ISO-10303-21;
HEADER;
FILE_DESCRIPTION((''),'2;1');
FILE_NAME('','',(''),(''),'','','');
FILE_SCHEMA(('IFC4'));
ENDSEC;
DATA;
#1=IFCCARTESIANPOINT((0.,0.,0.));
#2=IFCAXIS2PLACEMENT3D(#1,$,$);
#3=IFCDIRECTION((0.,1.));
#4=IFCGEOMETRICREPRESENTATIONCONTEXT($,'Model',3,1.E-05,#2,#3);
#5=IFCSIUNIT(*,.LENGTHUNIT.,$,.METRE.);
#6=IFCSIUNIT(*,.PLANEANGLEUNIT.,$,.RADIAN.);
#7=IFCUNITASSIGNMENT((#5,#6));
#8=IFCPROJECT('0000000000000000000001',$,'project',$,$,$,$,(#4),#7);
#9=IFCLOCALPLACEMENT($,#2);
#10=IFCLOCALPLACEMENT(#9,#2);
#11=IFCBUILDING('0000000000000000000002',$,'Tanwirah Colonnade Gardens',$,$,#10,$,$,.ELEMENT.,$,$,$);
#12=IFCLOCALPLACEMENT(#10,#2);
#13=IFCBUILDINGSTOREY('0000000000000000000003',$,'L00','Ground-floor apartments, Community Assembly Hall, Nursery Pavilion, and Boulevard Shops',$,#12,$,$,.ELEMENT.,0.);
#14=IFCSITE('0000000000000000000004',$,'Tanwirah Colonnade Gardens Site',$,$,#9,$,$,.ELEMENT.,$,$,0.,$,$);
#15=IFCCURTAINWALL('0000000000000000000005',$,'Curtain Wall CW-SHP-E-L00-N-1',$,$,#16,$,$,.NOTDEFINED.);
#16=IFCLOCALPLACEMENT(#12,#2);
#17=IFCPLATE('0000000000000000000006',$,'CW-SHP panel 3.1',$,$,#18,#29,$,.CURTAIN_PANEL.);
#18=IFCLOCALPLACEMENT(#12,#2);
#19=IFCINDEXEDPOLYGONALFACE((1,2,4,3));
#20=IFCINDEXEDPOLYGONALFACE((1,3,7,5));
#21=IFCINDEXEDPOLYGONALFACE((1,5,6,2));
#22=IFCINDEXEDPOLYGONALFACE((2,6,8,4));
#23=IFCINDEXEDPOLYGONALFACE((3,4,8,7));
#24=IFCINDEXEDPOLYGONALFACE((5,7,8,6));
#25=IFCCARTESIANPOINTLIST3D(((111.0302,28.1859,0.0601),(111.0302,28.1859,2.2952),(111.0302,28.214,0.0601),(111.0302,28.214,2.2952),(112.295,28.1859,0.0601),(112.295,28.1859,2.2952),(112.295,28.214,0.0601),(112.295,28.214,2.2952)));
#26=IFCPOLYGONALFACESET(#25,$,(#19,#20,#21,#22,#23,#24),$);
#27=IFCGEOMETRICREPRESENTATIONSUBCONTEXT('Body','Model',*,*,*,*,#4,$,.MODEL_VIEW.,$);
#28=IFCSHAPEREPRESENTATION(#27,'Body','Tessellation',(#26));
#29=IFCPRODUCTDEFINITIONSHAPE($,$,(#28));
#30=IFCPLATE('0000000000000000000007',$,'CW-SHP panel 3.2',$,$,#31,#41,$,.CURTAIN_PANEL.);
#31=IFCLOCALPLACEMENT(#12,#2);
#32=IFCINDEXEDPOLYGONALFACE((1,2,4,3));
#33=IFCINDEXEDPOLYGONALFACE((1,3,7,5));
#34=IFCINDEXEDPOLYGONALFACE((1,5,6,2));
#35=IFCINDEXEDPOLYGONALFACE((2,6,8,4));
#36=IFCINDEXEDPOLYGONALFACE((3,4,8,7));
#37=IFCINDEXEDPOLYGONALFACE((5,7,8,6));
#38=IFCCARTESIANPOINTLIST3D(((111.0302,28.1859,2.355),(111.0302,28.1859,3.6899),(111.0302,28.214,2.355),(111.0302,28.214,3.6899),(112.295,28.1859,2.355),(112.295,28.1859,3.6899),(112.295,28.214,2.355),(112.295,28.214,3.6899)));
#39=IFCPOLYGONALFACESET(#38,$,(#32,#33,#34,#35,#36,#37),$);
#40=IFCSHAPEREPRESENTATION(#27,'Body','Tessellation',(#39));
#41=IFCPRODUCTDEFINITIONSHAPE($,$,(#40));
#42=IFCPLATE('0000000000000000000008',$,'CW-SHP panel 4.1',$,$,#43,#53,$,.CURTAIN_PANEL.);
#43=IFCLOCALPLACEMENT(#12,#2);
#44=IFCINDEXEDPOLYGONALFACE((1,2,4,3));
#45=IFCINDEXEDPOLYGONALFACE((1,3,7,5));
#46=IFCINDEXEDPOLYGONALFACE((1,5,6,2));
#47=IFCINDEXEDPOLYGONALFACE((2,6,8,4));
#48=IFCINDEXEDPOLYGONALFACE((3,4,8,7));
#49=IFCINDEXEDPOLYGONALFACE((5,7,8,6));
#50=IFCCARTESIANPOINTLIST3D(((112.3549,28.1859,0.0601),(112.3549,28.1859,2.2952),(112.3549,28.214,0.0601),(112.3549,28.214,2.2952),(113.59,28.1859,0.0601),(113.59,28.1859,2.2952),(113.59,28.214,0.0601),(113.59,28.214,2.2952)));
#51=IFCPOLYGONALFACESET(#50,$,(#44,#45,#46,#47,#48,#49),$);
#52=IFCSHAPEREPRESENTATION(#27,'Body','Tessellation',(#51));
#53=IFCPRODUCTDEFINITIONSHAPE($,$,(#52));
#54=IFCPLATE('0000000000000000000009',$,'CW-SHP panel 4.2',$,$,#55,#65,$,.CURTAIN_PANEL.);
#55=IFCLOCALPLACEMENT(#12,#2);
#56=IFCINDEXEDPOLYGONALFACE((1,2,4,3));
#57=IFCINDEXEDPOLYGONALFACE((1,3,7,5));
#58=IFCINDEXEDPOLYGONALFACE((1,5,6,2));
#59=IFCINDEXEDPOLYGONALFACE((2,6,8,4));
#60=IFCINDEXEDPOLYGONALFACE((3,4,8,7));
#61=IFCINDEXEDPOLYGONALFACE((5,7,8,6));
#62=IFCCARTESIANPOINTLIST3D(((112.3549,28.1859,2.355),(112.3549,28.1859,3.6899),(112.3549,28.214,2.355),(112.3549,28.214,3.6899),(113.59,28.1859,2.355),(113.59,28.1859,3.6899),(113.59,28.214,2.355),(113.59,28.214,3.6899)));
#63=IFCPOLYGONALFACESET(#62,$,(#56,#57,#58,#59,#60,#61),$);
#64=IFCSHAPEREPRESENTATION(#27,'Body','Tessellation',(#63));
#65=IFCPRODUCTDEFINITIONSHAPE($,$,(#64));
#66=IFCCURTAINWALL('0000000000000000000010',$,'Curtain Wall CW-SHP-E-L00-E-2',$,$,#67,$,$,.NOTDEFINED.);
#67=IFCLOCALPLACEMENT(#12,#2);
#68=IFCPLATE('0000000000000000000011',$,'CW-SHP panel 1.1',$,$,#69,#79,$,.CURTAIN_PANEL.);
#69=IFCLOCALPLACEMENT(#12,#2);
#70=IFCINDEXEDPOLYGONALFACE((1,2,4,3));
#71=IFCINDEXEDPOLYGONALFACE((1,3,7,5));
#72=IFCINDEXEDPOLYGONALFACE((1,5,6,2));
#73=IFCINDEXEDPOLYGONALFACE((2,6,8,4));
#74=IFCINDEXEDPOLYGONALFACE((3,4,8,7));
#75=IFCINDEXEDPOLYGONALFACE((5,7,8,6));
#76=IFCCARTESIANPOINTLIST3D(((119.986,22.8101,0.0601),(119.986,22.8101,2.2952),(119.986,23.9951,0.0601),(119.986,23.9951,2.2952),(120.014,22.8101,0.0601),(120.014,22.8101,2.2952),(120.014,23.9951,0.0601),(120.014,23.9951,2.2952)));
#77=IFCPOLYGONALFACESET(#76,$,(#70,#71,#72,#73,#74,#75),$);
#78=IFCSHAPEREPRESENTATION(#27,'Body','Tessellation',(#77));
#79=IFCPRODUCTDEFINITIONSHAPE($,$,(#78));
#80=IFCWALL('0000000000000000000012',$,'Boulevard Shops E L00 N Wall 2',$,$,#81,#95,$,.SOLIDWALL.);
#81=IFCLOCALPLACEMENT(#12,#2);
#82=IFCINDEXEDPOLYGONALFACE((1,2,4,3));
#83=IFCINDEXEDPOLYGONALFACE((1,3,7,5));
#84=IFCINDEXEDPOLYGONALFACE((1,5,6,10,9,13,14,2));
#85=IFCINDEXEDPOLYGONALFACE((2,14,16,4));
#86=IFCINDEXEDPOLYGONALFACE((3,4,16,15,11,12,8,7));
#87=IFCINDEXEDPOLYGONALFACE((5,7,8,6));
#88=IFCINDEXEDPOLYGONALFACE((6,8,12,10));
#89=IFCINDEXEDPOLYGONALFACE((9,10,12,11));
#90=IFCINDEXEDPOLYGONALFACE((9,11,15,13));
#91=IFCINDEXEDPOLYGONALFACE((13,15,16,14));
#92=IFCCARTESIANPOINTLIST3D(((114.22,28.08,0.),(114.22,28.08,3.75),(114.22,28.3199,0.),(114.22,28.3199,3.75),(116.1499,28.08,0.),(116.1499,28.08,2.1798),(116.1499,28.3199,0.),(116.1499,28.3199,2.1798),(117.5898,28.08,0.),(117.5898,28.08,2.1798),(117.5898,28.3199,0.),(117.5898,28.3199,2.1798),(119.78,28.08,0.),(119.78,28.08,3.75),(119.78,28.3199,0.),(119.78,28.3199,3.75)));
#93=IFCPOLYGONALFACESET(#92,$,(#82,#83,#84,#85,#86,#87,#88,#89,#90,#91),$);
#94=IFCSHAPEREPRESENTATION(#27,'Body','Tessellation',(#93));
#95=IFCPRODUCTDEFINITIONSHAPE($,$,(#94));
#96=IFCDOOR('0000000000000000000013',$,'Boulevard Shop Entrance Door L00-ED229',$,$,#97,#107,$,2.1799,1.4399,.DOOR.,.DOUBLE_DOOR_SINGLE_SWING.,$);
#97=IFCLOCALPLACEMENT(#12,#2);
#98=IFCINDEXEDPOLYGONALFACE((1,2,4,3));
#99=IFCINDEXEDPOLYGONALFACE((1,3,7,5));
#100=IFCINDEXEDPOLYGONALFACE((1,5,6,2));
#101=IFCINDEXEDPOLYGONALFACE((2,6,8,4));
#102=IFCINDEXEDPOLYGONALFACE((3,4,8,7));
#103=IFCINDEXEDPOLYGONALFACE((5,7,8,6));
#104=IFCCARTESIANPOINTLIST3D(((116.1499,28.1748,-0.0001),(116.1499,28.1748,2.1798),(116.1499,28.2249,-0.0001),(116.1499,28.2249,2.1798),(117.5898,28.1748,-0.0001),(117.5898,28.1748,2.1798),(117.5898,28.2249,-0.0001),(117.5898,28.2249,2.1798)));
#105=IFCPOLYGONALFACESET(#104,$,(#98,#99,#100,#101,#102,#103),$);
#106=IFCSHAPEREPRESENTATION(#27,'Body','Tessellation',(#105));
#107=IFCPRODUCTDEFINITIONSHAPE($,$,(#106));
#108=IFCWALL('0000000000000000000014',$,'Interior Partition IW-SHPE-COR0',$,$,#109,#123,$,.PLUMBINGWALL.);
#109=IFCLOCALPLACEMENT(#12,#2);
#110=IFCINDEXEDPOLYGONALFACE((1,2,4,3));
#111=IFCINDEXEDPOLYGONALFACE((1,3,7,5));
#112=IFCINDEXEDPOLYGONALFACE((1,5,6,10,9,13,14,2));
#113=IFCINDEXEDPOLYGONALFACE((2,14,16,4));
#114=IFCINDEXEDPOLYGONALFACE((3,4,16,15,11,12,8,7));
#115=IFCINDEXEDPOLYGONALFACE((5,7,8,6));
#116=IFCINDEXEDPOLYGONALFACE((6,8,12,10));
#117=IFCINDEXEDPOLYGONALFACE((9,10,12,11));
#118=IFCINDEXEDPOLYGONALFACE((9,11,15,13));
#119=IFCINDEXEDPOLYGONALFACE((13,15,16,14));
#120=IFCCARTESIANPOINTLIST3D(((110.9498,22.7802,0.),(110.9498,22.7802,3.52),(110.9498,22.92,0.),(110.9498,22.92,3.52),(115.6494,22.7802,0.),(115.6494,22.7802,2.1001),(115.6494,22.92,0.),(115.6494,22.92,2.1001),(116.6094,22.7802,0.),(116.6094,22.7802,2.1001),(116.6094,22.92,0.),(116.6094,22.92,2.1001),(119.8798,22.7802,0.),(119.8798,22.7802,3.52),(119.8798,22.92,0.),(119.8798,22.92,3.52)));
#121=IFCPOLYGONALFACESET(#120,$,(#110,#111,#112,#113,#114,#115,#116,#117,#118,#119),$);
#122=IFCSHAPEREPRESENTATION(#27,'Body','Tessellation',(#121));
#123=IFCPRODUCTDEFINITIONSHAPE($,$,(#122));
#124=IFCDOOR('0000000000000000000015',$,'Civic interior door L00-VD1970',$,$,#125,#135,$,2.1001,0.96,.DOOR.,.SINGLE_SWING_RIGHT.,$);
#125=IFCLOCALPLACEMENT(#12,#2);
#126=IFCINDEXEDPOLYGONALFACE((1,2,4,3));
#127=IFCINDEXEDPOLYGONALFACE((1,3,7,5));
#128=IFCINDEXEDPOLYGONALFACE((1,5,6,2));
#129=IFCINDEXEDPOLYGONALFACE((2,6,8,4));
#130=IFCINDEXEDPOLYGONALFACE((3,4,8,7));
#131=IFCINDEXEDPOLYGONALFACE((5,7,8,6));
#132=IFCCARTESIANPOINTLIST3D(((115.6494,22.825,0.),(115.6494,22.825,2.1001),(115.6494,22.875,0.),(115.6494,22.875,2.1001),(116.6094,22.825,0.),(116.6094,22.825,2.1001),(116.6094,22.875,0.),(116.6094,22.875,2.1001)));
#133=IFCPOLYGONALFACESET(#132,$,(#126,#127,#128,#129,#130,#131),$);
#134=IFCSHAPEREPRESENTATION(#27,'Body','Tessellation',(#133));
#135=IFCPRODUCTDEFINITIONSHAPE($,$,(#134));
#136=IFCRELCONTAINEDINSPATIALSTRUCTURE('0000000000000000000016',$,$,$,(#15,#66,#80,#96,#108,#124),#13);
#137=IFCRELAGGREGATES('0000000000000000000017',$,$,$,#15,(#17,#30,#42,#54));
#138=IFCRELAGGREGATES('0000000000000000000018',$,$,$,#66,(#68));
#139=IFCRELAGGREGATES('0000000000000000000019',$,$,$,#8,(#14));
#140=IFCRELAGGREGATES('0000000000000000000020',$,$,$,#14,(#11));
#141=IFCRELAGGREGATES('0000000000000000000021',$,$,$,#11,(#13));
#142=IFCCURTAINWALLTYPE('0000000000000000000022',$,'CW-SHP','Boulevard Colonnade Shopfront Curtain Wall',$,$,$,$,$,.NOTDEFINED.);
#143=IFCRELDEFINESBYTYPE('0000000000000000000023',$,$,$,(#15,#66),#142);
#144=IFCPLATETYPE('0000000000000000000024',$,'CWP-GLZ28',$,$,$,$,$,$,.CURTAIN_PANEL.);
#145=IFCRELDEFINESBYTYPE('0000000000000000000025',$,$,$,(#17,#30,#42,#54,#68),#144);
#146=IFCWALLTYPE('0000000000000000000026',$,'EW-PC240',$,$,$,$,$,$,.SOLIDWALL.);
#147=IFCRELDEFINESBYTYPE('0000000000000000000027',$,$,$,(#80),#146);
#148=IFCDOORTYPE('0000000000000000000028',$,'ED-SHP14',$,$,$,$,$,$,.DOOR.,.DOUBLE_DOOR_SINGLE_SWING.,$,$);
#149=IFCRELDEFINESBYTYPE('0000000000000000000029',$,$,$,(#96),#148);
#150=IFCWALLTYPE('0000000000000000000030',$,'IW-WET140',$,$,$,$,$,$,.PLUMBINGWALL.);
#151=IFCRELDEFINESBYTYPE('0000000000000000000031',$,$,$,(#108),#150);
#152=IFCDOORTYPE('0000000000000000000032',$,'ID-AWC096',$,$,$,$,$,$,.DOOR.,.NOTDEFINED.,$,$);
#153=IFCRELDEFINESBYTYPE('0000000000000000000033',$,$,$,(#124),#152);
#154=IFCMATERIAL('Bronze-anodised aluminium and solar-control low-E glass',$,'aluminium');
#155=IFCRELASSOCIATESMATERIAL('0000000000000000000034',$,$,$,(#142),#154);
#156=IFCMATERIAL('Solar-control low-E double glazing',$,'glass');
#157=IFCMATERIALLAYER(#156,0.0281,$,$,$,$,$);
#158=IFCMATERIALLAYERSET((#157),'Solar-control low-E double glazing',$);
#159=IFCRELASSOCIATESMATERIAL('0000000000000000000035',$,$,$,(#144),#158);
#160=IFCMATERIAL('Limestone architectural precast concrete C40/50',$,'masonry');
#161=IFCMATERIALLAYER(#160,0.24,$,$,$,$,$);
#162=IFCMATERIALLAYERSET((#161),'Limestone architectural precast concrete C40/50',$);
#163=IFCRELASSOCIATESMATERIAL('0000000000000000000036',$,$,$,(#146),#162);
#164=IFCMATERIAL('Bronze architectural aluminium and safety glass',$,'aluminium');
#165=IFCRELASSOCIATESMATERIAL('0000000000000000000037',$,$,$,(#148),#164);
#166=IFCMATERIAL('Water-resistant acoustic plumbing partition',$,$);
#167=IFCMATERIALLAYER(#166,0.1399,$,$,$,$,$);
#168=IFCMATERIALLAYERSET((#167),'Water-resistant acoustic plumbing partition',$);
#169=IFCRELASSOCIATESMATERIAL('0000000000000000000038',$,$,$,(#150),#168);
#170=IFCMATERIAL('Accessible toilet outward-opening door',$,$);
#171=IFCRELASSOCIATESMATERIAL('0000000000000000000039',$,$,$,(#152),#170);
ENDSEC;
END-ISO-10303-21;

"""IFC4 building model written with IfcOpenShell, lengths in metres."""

from ifc_helpers import new_model, si_unit, direction, frame, frame_2d, origin, origin_2d, place, context, subcontext, project, spatial, rectangle, extrude, material, layer, layer_set, type_object, element, fill, aggregate, save


model = new_model("IFC4")

# Units and contexts
model_context = context("Model", 3, precision=1e-05, world=origin(), true_north=direction((0.0, 1.0)))
body_context = subcontext(model_context, "Body", "Model", "MODEL_VIEW")
ifc_project = project(units=[si_unit("LENGTHUNIT", "METRE"), si_unit("PLANEANGLEUNIT", "RADIAN")], contexts=[model_context])

# Site, building, storey
site_placement = place(None, origin())
site = spatial("IfcSite", under=ifc_project, at=site_placement, Name="Tanwirah Colonnade Gardens Site", CompositionType="ELEMENT", RefElevation=0.0)
building_placement = place(site_placement, origin())
building = spatial("IfcBuilding", under=site, at=building_placement, Name="Tanwirah Colonnade Gardens", CompositionType="ELEMENT")
storey_placement = place(building_placement, origin())
storey = spatial("IfcBuildingStorey", under=building, at=storey_placement, Name="L00", Description="Ground-floor apartments, Community Assembly Hall, Nursery Pavilion, and Boulevard Shops", CompositionType="ELEMENT", Elevation=0.0)

# Curtain wall, plates
ifc_material_1 = material(Name="Bronze-anodised aluminium and solar-control low-E glass", Category="aluminium")
curtain_wall_type = type_object("IfcCurtainWallType", Name="CW-SHP", Description="Boulevard Colonnade Shopfront Curtain Wall", PredefinedType="NOTDEFINED", material=ifc_material_1)
curtain_wall_1_placement = place(storey_placement, origin())
curtain_wall_1 = element("IfcCurtainWall", 1, at=curtain_wall_1_placement, inside=storey, type_object=curtain_wall_type, Name="Curtain Wall CW-SHP-E-L00-N-1", PredefinedType="NOTDEFINED")
ifc_material_2 = material(Name="Solar-control low-E double glazing", Category="glass")
ifc_layer_1 = layer(ifc_material_2, 0.0281)
ifc_layer_set_1 = layer_set([ifc_layer_1], Name="Solar-control low-E double glazing")
plate_type = type_object("IfcPlateType", Name="CWP-GLZ28", PredefinedType="CURTAIN_PANEL", material=ifc_layer_set_1)
plate_1_placement = place(storey_placement, frame((111.6626, 28.2, 0.0601), z_axis=(0.0, 0.0, 1.0), x_axis=(1.0, 0.0, 0.0)))
plate_1 = element("IfcPlate", 2, at=plate_1_placement, type_object=plate_type, Name="CW-SHP panel 3.1", PredefinedType="CURTAIN_PANEL", context=body_context, shape_type="SweptSolid", body=[
    extrude(rectangle(XDim=1.2649, YDim=0.0281, at=origin_2d()), origin(), (0.0, 0.0, 1.0), 2.2351),
])
plate_2_placement = place(storey_placement, frame((111.6626, 28.2, 2.355), z_axis=(0.0, 0.0, 1.0), x_axis=(1.0, 0.0, 0.0)))
plate_2 = element("IfcPlate", 3, at=plate_2_placement, type_object=plate_type, Name="CW-SHP panel 3.2", PredefinedType="CURTAIN_PANEL", context=body_context, shape_type="SweptSolid", body=[
    extrude(rectangle(XDim=1.2649, YDim=0.0281, at=origin_2d()), origin(), (0.0, 0.0, 1.0), 1.335),
])
plate_3_placement = place(storey_placement, frame((112.9724, 28.2, 0.0601), z_axis=(0.0, 0.0, 1.0), x_axis=(1.0, 0.0, 0.0)))
plate_3 = element("IfcPlate", 4, at=plate_3_placement, type_object=plate_type, Name="CW-SHP panel 4.1", PredefinedType="CURTAIN_PANEL", context=body_context, shape_type="SweptSolid", body=[
    extrude(rectangle(XDim=1.2351, YDim=0.0281, at=origin_2d()), origin(), (0.0, 0.0, 1.0), 2.2351),
])
plate_4_placement = place(storey_placement, frame((112.9724, 28.2, 2.355), z_axis=(0.0, 0.0, 1.0), x_axis=(1.0, 0.0, 0.0)))
plate_4 = element("IfcPlate", 5, at=plate_4_placement, type_object=plate_type, Name="CW-SHP panel 4.2", PredefinedType="CURTAIN_PANEL", context=body_context, shape_type="SweptSolid", body=[
    extrude(rectangle(XDim=1.2351, YDim=0.0281, at=origin_2d()), origin(), (0.0, 0.0, 1.0), 1.335),
])
aggregate(curtain_wall_1, [plate_1, plate_2, plate_3, plate_4])

# Curtain wall, plate
curtain_wall_2_placement = place(storey_placement, origin())
curtain_wall_2 = element("IfcCurtainWall", 6, at=curtain_wall_2_placement, inside=storey, type_object=curtain_wall_type, Name="Curtain Wall CW-SHP-E-L00-E-2", PredefinedType="NOTDEFINED")
plate_5_placement = place(storey_placement, frame((120.0, 23.4026, 0.0601), z_axis=(0.0, 0.0, 1.0), x_axis=(0.0, 1.0, 0.0)))
plate_5 = element("IfcPlate", 7, at=plate_5_placement, type_object=plate_type, Name="CW-SHP panel 1.1", PredefinedType="CURTAIN_PANEL", context=body_context, shape_type="SweptSolid", body=[
    extrude(rectangle(XDim=1.1851, YDim=0.0281, at=origin_2d()), origin(), (0.0, 0.0, 1.0), 2.2351),
])
aggregate(curtain_wall_2, [plate_5])

# Walls, openings, doors
ifc_material_3 = material(Name="Limestone architectural precast concrete C40/50", Category="masonry")
ifc_layer_2 = layer(ifc_material_3, 0.24)
ifc_layer_set_2 = layer_set([ifc_layer_2], Name="Limestone architectural precast concrete C40/50")
wall_type_1 = type_object("IfcWallType", Name="EW-PC240", PredefinedType="SOLIDWALL", material=ifc_layer_set_2)
wall_1_placement = place(storey_placement, frame((114.22, 28.2, 0.0), z_axis=(0.0, 0.0, 1.0), x_axis=(1.0, 0.0, 0.0)))
wall_1 = element("IfcWall", 8, at=wall_1_placement, inside=storey, type_object=wall_type_1, Name="Boulevard Shops E L00 N Wall 2", PredefinedType="SOLIDWALL", context=body_context, shape_type="SweptSolid", body=[
    extrude(rectangle(XDim=5.5601, YDim=0.24, at=frame_2d((2.78, 0.0))), origin(), (0.0, 0.0, 1.0), 3.75),
])
opening_1_placement = place(wall_1_placement, frame((1.9299, 0.0, 0.0)))
opening_1 = element("IfcOpeningElement", 9, at=opening_1_placement, cuts=wall_1, PredefinedType="OPENING", context=body_context, shape_type="SweptSolid", body=[
    extrude(rectangle(XDim=1.4399, YDim=2.1799, at=frame_2d((0.72, 1.0898))), frame((0.0, 0.1299, 0.0), z_axis=(0.0, -1.0, 0.0), x_axis=(1.0, 0.0, 0.0)), (0.0, 0.0, 1.0), 0.26),
])
ifc_material_4 = material(Name="Bronze architectural aluminium and safety glass", Category="aluminium")
door_type_1 = type_object("IfcDoorType", Name="ED-SHP14", OperationType="DOUBLE_DOOR_SINGLE_SWING", PredefinedType="DOOR", material=ifc_material_4)
door_1_placement = place(opening_1_placement, origin())
door_1 = element("IfcDoor", 10, at=door_1_placement, inside=storey, type_object=door_type_1, Name="Boulevard Shop Entrance Door L00-ED229", OperationType="DOUBLE_DOOR_SINGLE_SWING", OverallHeight=2.1799, OverallWidth=1.4399, PredefinedType="DOOR", context=body_context, shape_type="SweptSolid", body=[
    extrude(rectangle(XDim=1.4399, YDim=2.1799, at=frame_2d((0.72, 1.0898))), frame((0.0, 0.0249, 0.0), z_axis=(0.0, -1.0, 0.0), x_axis=(1.0, 0.0, 0.0)), (0.0, 0.0, 1.0), 0.05),
])
fill(opening_1, door_1)
ifc_material_5 = material(Name="Water-resistant acoustic plumbing partition")
ifc_layer_3 = layer(ifc_material_5, 0.1399)
ifc_layer_set_3 = layer_set([ifc_layer_3], Name="Water-resistant acoustic plumbing partition")
wall_type_2 = type_object("IfcWallType", Name="IW-WET140", PredefinedType="PLUMBINGWALL", material=ifc_layer_set_3)
wall_2_placement = place(storey_placement, frame((110.95, 22.8501, 0.0), z_axis=(0.0, 0.0, 1.0), x_axis=(1.0, 0.0, 0.0)))
wall_2 = element("IfcWall", 11, at=wall_2_placement, inside=storey, type_object=wall_type_2, Name="Interior Partition IW-SHPE-COR0", PredefinedType="PLUMBINGWALL", context=body_context, shape_type="SweptSolid", body=[
    extrude(rectangle(XDim=8.9299, YDim=0.1399, at=frame_2d((4.4648, 0.0))), origin(), (0.0, 0.0, 1.0), 3.52),
])
opening_2_placement = place(wall_2_placement, frame((4.6995, 0.0, 0.0)))
opening_2 = element("IfcOpeningElement", 12, at=opening_2_placement, cuts=wall_2, PredefinedType="OPENING", context=body_context, shape_type="SweptSolid", body=[
    extrude(rectangle(XDim=0.96, YDim=2.1001, at=frame_2d((0.48, 1.05))), frame((0.0, 0.0798, 0.0), z_axis=(0.0, -1.0, 0.0), x_axis=(1.0, 0.0, 0.0)), (0.0, 0.0, 1.0), 0.1599),
])
ifc_material_6 = material(Name="Accessible toilet outward-opening door")
door_type_2 = type_object("IfcDoorType", Name="ID-AWC096", OperationType="NOTDEFINED", PredefinedType="DOOR", material=ifc_material_6)
door_2_placement = place(opening_2_placement, origin())
door_2 = element("IfcDoor", 13, at=door_2_placement, inside=storey, type_object=door_type_2, Name="Civic interior door L00-VD1970", OperationType="SINGLE_SWING_RIGHT", OverallHeight=2.1001, OverallWidth=0.96, PredefinedType="DOOR", context=body_context, shape_type="SweptSolid", body=[
    extrude(rectangle(XDim=0.96, YDim=2.1001, at=frame_2d((0.48, 1.05))), frame((0.0, 0.0249, 0.0), z_axis=(0.0, -1.0, 0.0), x_axis=(1.0, 0.0, 0.0)), (0.0, 0.0, 1.0), 0.05),
])
fill(opening_2, door_2)

save(model, "model.ifc")
